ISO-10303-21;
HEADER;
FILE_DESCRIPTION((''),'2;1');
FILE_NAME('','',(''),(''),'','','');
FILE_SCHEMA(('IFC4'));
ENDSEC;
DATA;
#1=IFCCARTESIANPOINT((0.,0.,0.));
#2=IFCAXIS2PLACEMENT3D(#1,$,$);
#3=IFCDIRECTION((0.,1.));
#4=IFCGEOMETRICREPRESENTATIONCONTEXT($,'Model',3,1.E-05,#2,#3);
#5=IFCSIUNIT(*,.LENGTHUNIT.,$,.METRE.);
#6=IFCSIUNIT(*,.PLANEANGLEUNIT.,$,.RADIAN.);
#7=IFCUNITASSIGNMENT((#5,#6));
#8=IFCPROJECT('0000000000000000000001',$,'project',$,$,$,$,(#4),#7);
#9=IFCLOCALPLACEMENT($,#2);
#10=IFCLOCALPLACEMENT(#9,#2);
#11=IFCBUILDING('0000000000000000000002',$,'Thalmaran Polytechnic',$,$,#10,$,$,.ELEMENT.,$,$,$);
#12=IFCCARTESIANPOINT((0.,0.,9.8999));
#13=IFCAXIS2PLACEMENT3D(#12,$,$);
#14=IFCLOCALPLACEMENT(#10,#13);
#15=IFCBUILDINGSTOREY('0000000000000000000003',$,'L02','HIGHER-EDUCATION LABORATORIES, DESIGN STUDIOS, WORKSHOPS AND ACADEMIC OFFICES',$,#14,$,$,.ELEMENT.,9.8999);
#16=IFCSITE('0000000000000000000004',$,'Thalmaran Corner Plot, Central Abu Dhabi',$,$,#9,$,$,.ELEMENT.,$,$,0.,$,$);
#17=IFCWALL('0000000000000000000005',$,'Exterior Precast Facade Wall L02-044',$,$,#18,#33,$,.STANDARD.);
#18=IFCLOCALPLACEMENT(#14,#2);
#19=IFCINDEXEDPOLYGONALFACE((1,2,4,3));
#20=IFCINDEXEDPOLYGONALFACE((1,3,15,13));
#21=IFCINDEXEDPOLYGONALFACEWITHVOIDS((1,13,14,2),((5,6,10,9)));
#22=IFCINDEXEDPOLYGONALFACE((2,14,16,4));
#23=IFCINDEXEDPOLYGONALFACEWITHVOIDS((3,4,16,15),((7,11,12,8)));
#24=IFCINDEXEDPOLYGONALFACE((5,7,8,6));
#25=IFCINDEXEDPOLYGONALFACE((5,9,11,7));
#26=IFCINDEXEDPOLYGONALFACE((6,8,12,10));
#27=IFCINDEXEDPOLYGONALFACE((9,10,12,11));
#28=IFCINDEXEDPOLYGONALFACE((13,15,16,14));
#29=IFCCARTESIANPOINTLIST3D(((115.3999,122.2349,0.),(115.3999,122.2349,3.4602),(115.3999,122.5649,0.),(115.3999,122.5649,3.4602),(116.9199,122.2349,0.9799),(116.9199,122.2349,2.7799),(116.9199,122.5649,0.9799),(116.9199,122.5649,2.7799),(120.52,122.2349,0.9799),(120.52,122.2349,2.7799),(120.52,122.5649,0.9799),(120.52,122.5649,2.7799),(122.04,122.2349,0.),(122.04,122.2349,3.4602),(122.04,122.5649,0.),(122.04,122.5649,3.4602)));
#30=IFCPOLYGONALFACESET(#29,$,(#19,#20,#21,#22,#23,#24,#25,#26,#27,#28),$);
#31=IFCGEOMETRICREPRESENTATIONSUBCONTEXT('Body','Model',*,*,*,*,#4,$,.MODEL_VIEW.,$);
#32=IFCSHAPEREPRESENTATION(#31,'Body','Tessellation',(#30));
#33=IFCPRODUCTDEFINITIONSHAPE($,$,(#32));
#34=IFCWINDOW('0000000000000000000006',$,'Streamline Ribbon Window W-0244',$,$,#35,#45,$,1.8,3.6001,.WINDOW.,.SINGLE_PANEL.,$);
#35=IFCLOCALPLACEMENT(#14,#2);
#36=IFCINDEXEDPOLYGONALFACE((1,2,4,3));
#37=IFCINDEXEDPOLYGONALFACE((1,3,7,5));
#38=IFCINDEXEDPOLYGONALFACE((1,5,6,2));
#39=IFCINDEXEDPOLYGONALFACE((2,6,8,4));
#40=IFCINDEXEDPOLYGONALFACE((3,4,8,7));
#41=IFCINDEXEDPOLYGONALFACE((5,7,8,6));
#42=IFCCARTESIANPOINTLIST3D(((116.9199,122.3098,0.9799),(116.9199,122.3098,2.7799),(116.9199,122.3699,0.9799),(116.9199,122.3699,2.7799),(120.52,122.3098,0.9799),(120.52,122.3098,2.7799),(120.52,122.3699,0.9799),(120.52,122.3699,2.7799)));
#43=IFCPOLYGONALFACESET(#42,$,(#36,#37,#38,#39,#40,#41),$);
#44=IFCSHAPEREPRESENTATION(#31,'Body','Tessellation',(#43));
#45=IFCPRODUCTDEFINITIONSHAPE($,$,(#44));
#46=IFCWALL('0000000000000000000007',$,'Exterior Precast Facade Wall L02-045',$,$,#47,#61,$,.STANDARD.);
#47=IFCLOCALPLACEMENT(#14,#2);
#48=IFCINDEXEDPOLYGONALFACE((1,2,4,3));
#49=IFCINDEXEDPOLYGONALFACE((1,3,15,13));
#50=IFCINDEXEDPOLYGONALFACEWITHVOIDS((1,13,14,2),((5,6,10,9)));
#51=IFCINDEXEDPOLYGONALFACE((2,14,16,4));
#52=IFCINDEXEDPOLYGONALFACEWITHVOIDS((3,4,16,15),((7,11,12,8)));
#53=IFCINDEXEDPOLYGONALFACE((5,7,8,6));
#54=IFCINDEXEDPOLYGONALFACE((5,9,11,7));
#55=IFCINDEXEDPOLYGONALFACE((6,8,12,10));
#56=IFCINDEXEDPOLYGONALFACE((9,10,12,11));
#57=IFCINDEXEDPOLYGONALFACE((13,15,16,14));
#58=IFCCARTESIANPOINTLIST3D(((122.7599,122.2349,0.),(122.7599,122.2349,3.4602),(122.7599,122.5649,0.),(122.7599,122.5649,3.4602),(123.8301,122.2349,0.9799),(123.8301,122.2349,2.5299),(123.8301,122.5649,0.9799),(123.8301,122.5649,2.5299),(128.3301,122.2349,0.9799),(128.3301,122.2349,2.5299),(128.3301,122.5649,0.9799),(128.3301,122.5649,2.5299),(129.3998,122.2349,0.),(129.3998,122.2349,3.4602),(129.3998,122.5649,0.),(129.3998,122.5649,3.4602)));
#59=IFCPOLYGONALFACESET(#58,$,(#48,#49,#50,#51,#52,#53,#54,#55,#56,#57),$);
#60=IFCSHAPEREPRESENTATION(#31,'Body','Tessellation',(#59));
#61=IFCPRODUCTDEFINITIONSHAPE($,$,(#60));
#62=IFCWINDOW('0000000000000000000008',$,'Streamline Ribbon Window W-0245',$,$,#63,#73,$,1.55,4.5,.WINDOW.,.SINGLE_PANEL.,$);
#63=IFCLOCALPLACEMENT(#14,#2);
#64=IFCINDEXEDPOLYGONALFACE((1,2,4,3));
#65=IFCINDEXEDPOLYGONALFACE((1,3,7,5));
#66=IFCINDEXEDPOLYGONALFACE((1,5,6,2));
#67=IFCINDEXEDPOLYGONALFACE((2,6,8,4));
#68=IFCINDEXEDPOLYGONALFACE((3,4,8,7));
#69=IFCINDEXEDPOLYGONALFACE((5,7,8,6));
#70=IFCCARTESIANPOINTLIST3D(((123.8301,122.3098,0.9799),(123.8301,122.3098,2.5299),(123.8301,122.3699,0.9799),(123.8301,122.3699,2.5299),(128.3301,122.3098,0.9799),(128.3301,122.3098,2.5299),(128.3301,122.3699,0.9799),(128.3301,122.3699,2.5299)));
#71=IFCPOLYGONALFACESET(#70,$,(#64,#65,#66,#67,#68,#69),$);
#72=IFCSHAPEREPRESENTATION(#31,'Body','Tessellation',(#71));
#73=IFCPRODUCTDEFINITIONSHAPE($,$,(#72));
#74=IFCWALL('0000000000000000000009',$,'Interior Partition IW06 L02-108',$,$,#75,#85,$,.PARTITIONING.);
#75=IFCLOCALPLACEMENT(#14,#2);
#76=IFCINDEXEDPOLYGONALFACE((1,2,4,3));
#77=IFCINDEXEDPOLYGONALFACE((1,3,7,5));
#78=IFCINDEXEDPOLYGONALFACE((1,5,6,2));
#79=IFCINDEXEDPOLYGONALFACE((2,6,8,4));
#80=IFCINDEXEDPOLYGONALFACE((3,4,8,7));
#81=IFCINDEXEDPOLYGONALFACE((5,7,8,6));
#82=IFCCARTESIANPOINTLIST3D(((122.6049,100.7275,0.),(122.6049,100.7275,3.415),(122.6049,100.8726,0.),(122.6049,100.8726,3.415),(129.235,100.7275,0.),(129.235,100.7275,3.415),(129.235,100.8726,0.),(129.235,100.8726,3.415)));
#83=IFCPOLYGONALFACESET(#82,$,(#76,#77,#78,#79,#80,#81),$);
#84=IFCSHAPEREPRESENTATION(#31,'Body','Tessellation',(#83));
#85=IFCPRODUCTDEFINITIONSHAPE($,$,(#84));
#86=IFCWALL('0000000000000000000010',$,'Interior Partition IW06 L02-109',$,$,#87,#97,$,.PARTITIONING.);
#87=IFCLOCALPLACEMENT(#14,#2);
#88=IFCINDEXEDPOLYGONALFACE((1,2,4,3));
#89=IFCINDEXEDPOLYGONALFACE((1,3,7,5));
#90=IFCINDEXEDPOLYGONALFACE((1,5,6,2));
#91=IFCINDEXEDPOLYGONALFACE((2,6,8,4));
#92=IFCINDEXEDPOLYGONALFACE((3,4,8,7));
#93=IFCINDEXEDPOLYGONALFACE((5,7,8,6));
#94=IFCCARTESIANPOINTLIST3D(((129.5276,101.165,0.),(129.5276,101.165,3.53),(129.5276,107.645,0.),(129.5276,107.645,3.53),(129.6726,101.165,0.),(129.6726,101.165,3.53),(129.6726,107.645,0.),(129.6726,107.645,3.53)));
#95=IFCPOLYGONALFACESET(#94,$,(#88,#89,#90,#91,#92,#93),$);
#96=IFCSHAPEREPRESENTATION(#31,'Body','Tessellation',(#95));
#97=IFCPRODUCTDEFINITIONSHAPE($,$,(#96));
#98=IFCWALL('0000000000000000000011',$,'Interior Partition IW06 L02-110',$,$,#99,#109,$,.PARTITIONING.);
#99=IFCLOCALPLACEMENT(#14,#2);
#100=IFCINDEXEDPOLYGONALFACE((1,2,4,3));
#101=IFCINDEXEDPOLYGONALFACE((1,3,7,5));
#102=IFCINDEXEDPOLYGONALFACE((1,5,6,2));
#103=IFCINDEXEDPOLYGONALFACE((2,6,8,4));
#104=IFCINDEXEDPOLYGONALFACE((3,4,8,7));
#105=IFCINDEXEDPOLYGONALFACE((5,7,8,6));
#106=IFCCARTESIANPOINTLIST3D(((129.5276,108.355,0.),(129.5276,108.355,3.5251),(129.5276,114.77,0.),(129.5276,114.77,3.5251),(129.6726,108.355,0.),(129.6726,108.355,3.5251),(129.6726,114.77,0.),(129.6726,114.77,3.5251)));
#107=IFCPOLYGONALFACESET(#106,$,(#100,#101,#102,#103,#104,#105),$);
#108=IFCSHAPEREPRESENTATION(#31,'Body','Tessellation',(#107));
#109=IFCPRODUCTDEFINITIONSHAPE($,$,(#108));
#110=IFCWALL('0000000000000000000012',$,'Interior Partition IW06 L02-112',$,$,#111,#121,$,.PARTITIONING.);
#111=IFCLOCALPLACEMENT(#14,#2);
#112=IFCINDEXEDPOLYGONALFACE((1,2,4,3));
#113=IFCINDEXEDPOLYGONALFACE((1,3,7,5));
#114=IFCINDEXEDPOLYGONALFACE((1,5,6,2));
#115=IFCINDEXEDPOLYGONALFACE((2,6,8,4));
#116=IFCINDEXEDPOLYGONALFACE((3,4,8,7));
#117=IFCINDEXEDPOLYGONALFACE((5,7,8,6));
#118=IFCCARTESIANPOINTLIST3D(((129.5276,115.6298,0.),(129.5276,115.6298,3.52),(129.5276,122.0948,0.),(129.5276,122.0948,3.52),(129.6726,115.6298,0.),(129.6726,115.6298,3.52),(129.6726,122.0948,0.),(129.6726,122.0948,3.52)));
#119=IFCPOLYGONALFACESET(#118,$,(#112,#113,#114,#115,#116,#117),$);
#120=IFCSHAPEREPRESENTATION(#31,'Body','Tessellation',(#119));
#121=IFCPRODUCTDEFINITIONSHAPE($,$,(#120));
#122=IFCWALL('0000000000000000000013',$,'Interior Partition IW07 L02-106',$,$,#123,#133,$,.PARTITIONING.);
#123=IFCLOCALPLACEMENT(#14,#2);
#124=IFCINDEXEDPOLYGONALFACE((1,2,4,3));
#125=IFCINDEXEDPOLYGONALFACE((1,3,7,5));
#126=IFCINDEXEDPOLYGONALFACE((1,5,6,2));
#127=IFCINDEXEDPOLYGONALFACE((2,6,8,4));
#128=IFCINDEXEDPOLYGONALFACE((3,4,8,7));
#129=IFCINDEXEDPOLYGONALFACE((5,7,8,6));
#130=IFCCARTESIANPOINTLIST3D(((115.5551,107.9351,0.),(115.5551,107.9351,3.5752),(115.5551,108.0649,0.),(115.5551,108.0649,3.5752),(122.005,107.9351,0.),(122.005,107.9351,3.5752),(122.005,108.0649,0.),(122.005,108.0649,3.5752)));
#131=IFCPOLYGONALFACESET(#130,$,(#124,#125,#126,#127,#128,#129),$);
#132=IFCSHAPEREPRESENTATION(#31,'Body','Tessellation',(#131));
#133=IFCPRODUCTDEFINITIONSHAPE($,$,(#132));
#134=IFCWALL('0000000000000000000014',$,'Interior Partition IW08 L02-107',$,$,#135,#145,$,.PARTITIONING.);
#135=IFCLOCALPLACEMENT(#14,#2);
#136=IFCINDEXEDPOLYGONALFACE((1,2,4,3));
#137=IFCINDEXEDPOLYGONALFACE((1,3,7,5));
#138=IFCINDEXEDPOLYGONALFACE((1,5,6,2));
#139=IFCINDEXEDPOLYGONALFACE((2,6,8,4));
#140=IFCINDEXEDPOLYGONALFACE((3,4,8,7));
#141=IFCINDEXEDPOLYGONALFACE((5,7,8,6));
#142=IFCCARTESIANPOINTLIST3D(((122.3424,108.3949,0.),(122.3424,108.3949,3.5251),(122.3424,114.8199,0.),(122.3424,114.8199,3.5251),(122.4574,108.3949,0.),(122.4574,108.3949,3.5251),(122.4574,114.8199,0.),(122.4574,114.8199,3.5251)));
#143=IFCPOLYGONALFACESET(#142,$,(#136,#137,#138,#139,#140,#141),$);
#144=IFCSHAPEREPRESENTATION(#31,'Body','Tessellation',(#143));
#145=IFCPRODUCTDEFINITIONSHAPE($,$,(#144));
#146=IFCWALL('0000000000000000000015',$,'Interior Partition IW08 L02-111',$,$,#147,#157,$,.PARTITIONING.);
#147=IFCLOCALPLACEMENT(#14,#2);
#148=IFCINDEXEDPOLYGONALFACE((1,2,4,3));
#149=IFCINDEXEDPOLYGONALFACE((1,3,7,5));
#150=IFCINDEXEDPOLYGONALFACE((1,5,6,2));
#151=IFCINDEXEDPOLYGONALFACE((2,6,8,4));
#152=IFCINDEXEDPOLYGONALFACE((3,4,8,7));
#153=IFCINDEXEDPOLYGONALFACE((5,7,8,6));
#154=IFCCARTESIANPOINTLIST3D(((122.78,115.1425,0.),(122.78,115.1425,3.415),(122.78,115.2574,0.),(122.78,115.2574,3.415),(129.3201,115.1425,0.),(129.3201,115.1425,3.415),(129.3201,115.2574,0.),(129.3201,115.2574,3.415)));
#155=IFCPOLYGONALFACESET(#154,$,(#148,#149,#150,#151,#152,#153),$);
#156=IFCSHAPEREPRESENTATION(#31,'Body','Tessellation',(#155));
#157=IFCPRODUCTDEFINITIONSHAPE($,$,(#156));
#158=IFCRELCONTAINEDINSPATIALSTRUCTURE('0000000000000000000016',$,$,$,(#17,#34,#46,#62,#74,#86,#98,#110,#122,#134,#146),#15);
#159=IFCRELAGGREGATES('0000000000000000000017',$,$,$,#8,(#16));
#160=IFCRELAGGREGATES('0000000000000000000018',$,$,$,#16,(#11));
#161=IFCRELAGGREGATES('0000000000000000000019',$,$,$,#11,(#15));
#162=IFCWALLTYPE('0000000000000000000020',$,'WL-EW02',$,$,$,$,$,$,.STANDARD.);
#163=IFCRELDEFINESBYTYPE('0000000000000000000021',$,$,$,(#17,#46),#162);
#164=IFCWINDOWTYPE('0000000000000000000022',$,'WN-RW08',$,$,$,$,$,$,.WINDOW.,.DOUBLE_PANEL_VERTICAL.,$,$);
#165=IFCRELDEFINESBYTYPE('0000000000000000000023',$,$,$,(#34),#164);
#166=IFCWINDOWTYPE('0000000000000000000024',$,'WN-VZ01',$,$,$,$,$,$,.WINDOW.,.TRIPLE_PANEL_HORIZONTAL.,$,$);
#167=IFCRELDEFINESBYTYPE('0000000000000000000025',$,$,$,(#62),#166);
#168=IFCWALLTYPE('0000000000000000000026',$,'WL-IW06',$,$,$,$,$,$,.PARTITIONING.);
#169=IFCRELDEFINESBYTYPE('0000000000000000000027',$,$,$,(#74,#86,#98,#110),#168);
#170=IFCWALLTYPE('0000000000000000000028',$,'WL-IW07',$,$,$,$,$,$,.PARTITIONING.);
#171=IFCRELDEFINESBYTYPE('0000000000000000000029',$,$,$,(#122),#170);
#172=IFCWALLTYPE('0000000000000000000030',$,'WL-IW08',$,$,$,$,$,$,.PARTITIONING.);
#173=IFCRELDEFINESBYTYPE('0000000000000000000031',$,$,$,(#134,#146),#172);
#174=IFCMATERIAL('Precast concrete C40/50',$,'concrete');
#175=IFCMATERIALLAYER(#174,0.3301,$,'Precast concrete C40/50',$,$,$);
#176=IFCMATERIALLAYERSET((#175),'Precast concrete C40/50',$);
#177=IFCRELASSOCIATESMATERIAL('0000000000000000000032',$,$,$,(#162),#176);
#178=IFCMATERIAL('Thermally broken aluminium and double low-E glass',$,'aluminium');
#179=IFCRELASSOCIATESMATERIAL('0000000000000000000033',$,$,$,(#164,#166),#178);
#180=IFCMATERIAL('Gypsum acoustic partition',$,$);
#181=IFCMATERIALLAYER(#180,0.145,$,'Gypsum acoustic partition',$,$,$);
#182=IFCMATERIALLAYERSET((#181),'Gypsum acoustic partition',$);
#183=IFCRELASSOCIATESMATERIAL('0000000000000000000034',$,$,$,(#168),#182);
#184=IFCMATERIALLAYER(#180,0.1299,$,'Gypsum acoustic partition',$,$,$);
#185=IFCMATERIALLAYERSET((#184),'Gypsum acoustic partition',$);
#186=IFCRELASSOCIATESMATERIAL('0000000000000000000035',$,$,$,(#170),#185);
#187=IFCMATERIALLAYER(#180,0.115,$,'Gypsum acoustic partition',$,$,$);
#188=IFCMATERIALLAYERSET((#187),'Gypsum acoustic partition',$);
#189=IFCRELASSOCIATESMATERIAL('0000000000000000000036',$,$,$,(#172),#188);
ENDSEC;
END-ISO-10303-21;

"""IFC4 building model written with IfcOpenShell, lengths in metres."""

from ifc_helpers import new_model, si_unit, direction, frame, frame_2d, origin, place, context, subcontext, project, spatial, rectangle, extrude, material, layer, layer_set, type_object, element, fill, save


model = new_model("IFC4")

# Units and contexts
model_context = context("Model", 3, precision=1e-05, world=origin(), true_north=direction((0.0, 1.0)))
body_context = subcontext(model_context, "Body", "Model", "MODEL_VIEW")
ifc_project = project(units=[si_unit("LENGTHUNIT", "METRE"), si_unit("PLANEANGLEUNIT", "RADIAN")], contexts=[model_context])

# Site, building, storey
site_placement = place(None, origin())
site = spatial("IfcSite", under=ifc_project, at=site_placement, Name="Thalmaran Corner Plot, Central Abu Dhabi", CompositionType="ELEMENT", RefElevation=0.0)
building_placement = place(site_placement, origin())
building = spatial("IfcBuilding", under=site, at=building_placement, Name="Thalmaran Polytechnic", CompositionType="ELEMENT")
storey_placement = place(building_placement, frame((0.0, 0.0, 9.8999)))
storey = spatial("IfcBuildingStorey", under=building, at=storey_placement, Name="L02", Description="HIGHER-EDUCATION LABORATORIES, DESIGN STUDIOS, WORKSHOPS AND ACADEMIC OFFICES", CompositionType="ELEMENT", Elevation=9.8999)

# Walls, openings, windows
ifc_material_1 = material(Name="Precast concrete C40/50", Category="concrete")
ifc_layer_1 = layer(ifc_material_1, 0.3301, Name="Precast concrete C40/50")
ifc_layer_set_1 = layer_set([ifc_layer_1], Name="Precast concrete C40/50")
wall_type_1 = type_object("IfcWallType", Name="WL-EW02", PredefinedType="STANDARD", material=ifc_layer_set_1)
wall_1_placement = place(storey_placement, frame((115.3999, 122.3999, 0.0), z_axis=(0.0, 0.0, 1.0), x_axis=(1.0, 0.0, 0.0)))
wall_1 = element("IfcWall", 1, at=wall_1_placement, inside=storey, type_object=wall_type_1, Name="Exterior Precast Facade Wall L02-044", PredefinedType="STANDARD", context=body_context, shape_type="SweptSolid", body=[
    extrude(rectangle(XDim=6.6401, YDim=0.3301, at=frame_2d((3.3201, 0.0))), origin(), (0.0, 0.0, 1.0), 3.4602),
])
opening_1_placement = place(wall_1_placement, frame((1.52, 0.0, 0.98)))
opening_1 = element("IfcOpeningElement", 2, at=opening_1_placement, cuts=wall_1, PredefinedType="OPENING", context=body_context, shape_type="SweptSolid", body=[
    extrude(rectangle(XDim=3.6001, YDim=1.8, at=frame_2d((1.8, 0.8999))), frame((0.0, 0.175, 0.0), z_axis=(0.0, -1.0, 0.0), x_axis=(1.0, 0.0, 0.0)), (0.0, 0.0, 1.0), 0.3501),
])
ifc_material_2 = material(Name="Thermally broken aluminium and double low-E glass", Category="aluminium")
window_type_1 = type_object("IfcWindowType", Name="WN-RW08", PartitioningType="DOUBLE_PANEL_VERTICAL", PredefinedType="WINDOW", material=ifc_material_2)
window_1_placement = place(opening_1_placement, origin())
window_1 = element("IfcWindow", 3, at=window_1_placement, inside=storey, type_object=window_type_1, Name="Streamline Ribbon Window W-0244", OverallHeight=1.8, OverallWidth=3.6001, PartitioningType="SINGLE_PANEL", PredefinedType="WINDOW", context=body_context, shape_type="SweptSolid", body=[
    extrude(rectangle(XDim=3.6001, YDim=1.8, at=frame_2d((1.8, 0.8999))), frame((0.0, -0.03, 0.0), z_axis=(0.0, -1.0, 0.0), x_axis=(1.0, 0.0, 0.0)), (0.0, 0.0, 1.0), 0.0601),
])
fill(opening_1, window_1)
wall_2_placement = place(storey_placement, frame((122.76, 122.3999, 0.0), z_axis=(0.0, 0.0, 1.0), x_axis=(1.0, 0.0, 0.0)))
wall_2 = element("IfcWall", 4, at=wall_2_placement, inside=storey, type_object=wall_type_1, Name="Exterior Precast Facade Wall L02-045", PredefinedType="STANDARD", context=body_context, shape_type="SweptSolid", body=[
    extrude(rectangle(XDim=6.6399, YDim=0.3301, at=frame_2d((3.3198, 0.0))), origin(), (0.0, 0.0, 1.0), 3.4602),
])
opening_2_placement = place(wall_2_placement, frame((1.0701, 0.0, 0.98)))
opening_2 = element("IfcOpeningElement", 5, at=opening_2_placement, cuts=wall_2, PredefinedType="OPENING", context=body_context, shape_type="SweptSolid", body=[
    extrude(rectangle(XDim=4.5, YDim=1.55, at=frame_2d((2.25, 0.7749))), frame((0.0, 0.175, 0.0), z_axis=(0.0, -1.0, 0.0), x_axis=(1.0, 0.0, 0.0)), (0.0, 0.0, 1.0), 0.3501),
])
window_type_2 = type_object("IfcWindowType", Name="WN-VZ01", PartitioningType="TRIPLE_PANEL_HORIZONTAL", PredefinedType="WINDOW", material=ifc_material_2)
window_2_placement = place(opening_2_placement, origin())
window_2 = element("IfcWindow", 6, at=window_2_placement, inside=storey, type_object=window_type_2, Name="Streamline Ribbon Window W-0245", OverallHeight=1.55, OverallWidth=4.5, PartitioningType="SINGLE_PANEL", PredefinedType="WINDOW", context=body_context, shape_type="SweptSolid", body=[
    extrude(rectangle(XDim=4.5, YDim=1.55, at=frame_2d((2.25, 0.7749))), frame((0.0, -0.03, 0.0), z_axis=(0.0, -1.0, 0.0), x_axis=(1.0, 0.0, 0.0)), (0.0, 0.0, 1.0), 0.0601),
])
fill(opening_2, window_2)

# Walls
ifc_material_3 = material(Name="Gypsum acoustic partition")
ifc_layer_2 = layer(ifc_material_3, 0.145, Name="Gypsum acoustic partition")
ifc_layer_set_2 = layer_set([ifc_layer_2], Name="Gypsum acoustic partition")
wall_type_2 = type_object("IfcWallType", Name="WL-IW06", PredefinedType="PARTITIONING", material=ifc_layer_set_2)
wall_3_placement = place(storey_placement, frame((122.605, 100.8, 0.0), z_axis=(0.0, 0.0, 1.0), x_axis=(1.0, 0.0, 0.0)))
element("IfcWall", 7, at=wall_3_placement, inside=storey, type_object=wall_type_2, Name="Interior Partition IW06 L02-108", PredefinedType="PARTITIONING", context=body_context, shape_type="SweptSolid", body=[
    extrude(rectangle(XDim=6.6301, YDim=0.145, at=frame_2d((3.3149, 0.0))), origin(), (0.0, 0.0, 1.0), 3.415),
])
wall_4_placement = place(storey_placement, frame((129.6001, 101.165, 0.0), z_axis=(0.0, 0.0, 1.0), x_axis=(0.0, 1.0, 0.0)))
element("IfcWall", 8, at=wall_4_placement, inside=storey, type_object=wall_type_2, Name="Interior Partition IW06 L02-109", PredefinedType="PARTITIONING", context=body_context, shape_type="SweptSolid", body=[
    extrude(rectangle(XDim=6.48, YDim=0.145, at=frame_2d((3.24, 0.0))), origin(), (0.0, 0.0, 1.0), 3.53),
])
wall_5_placement = place(storey_placement, frame((129.6001, 108.355, 0.0), z_axis=(0.0, 0.0, 1.0), x_axis=(0.0, 1.0, 0.0)))
element("IfcWall", 9, at=wall_5_placement, inside=storey, type_object=wall_type_2, Name="Interior Partition IW06 L02-110", PredefinedType="PARTITIONING", context=body_context, shape_type="SweptSolid", body=[
    extrude(rectangle(XDim=6.415, YDim=0.145, at=frame_2d((3.2075, 0.0))), origin(), (0.0, 0.0, 1.0), 3.5251),
])
wall_6_placement = place(storey_placement, frame((129.6001, 115.6299, 0.0), z_axis=(0.0, 0.0, 1.0), x_axis=(0.0, 1.0, 0.0)))
element("IfcWall", 10, at=wall_6_placement, inside=storey, type_object=wall_type_2, Name="Interior Partition IW06 L02-112", PredefinedType="PARTITIONING", context=body_context, shape_type="SweptSolid", body=[
    extrude(rectangle(XDim=6.4651, YDim=0.145, at=frame_2d((3.2324, 0.0))), origin(), (0.0, 0.0, 1.0), 3.52),
])
ifc_layer_3 = layer(ifc_material_3, 0.1299, Name="Gypsum acoustic partition")
ifc_layer_set_3 = layer_set([ifc_layer_3], Name="Gypsum acoustic partition")
wall_type_3 = type_object("IfcWallType", Name="WL-IW07", PredefinedType="PARTITIONING", material=ifc_layer_set_3)
wall_7_placement = place(storey_placement, frame((115.5549, 108.0, 0.0), z_axis=(0.0, 0.0, 1.0), x_axis=(1.0, 0.0, 0.0)))
element("IfcWall", 11, at=wall_7_placement, inside=storey, type_object=wall_type_3, Name="Interior Partition IW07 L02-106", PredefinedType="PARTITIONING", context=body_context, shape_type="SweptSolid", body=[
    extrude(rectangle(XDim=6.45, YDim=0.1299, at=frame_2d((3.2251, 0.0))), origin(), (0.0, 0.0, 1.0), 3.5752),
])
ifc_layer_4 = layer(ifc_material_3, 0.115, Name="Gypsum acoustic partition")
ifc_layer_set_4 = layer_set([ifc_layer_4], Name="Gypsum acoustic partition")
wall_type_4 = type_object("IfcWallType", Name="WL-IW08", PredefinedType="PARTITIONING", material=ifc_layer_set_4)
wall_8_placement = place(storey_placement, frame((122.3999, 108.395, 0.0), z_axis=(0.0, 0.0, 1.0), x_axis=(0.0, 1.0, 0.0)))
element("IfcWall", 12, at=wall_8_placement, inside=storey, type_object=wall_type_4, Name="Interior Partition IW08 L02-107", PredefinedType="PARTITIONING", context=body_context, shape_type="SweptSolid", body=[
    extrude(rectangle(XDim=6.425, YDim=0.115, at=frame_2d((3.2124, 0.0))), origin(), (0.0, 0.0, 1.0), 3.5251),
])
wall_9_placement = place(storey_placement, frame((122.78, 115.2, 0.0), z_axis=(0.0, 0.0, 1.0), x_axis=(1.0, 0.0, 0.0)))
element("IfcWall", 13, at=wall_9_placement, inside=storey, type_object=wall_type_4, Name="Interior Partition IW08 L02-111", PredefinedType="PARTITIONING", context=body_context, shape_type="SweptSolid", body=[
    extrude(rectangle(XDim=6.54, YDim=0.115, at=frame_2d((3.27, 0.0))), origin(), (0.0, 0.0, 1.0), 3.415),
])

save(model, "model.ifc")
